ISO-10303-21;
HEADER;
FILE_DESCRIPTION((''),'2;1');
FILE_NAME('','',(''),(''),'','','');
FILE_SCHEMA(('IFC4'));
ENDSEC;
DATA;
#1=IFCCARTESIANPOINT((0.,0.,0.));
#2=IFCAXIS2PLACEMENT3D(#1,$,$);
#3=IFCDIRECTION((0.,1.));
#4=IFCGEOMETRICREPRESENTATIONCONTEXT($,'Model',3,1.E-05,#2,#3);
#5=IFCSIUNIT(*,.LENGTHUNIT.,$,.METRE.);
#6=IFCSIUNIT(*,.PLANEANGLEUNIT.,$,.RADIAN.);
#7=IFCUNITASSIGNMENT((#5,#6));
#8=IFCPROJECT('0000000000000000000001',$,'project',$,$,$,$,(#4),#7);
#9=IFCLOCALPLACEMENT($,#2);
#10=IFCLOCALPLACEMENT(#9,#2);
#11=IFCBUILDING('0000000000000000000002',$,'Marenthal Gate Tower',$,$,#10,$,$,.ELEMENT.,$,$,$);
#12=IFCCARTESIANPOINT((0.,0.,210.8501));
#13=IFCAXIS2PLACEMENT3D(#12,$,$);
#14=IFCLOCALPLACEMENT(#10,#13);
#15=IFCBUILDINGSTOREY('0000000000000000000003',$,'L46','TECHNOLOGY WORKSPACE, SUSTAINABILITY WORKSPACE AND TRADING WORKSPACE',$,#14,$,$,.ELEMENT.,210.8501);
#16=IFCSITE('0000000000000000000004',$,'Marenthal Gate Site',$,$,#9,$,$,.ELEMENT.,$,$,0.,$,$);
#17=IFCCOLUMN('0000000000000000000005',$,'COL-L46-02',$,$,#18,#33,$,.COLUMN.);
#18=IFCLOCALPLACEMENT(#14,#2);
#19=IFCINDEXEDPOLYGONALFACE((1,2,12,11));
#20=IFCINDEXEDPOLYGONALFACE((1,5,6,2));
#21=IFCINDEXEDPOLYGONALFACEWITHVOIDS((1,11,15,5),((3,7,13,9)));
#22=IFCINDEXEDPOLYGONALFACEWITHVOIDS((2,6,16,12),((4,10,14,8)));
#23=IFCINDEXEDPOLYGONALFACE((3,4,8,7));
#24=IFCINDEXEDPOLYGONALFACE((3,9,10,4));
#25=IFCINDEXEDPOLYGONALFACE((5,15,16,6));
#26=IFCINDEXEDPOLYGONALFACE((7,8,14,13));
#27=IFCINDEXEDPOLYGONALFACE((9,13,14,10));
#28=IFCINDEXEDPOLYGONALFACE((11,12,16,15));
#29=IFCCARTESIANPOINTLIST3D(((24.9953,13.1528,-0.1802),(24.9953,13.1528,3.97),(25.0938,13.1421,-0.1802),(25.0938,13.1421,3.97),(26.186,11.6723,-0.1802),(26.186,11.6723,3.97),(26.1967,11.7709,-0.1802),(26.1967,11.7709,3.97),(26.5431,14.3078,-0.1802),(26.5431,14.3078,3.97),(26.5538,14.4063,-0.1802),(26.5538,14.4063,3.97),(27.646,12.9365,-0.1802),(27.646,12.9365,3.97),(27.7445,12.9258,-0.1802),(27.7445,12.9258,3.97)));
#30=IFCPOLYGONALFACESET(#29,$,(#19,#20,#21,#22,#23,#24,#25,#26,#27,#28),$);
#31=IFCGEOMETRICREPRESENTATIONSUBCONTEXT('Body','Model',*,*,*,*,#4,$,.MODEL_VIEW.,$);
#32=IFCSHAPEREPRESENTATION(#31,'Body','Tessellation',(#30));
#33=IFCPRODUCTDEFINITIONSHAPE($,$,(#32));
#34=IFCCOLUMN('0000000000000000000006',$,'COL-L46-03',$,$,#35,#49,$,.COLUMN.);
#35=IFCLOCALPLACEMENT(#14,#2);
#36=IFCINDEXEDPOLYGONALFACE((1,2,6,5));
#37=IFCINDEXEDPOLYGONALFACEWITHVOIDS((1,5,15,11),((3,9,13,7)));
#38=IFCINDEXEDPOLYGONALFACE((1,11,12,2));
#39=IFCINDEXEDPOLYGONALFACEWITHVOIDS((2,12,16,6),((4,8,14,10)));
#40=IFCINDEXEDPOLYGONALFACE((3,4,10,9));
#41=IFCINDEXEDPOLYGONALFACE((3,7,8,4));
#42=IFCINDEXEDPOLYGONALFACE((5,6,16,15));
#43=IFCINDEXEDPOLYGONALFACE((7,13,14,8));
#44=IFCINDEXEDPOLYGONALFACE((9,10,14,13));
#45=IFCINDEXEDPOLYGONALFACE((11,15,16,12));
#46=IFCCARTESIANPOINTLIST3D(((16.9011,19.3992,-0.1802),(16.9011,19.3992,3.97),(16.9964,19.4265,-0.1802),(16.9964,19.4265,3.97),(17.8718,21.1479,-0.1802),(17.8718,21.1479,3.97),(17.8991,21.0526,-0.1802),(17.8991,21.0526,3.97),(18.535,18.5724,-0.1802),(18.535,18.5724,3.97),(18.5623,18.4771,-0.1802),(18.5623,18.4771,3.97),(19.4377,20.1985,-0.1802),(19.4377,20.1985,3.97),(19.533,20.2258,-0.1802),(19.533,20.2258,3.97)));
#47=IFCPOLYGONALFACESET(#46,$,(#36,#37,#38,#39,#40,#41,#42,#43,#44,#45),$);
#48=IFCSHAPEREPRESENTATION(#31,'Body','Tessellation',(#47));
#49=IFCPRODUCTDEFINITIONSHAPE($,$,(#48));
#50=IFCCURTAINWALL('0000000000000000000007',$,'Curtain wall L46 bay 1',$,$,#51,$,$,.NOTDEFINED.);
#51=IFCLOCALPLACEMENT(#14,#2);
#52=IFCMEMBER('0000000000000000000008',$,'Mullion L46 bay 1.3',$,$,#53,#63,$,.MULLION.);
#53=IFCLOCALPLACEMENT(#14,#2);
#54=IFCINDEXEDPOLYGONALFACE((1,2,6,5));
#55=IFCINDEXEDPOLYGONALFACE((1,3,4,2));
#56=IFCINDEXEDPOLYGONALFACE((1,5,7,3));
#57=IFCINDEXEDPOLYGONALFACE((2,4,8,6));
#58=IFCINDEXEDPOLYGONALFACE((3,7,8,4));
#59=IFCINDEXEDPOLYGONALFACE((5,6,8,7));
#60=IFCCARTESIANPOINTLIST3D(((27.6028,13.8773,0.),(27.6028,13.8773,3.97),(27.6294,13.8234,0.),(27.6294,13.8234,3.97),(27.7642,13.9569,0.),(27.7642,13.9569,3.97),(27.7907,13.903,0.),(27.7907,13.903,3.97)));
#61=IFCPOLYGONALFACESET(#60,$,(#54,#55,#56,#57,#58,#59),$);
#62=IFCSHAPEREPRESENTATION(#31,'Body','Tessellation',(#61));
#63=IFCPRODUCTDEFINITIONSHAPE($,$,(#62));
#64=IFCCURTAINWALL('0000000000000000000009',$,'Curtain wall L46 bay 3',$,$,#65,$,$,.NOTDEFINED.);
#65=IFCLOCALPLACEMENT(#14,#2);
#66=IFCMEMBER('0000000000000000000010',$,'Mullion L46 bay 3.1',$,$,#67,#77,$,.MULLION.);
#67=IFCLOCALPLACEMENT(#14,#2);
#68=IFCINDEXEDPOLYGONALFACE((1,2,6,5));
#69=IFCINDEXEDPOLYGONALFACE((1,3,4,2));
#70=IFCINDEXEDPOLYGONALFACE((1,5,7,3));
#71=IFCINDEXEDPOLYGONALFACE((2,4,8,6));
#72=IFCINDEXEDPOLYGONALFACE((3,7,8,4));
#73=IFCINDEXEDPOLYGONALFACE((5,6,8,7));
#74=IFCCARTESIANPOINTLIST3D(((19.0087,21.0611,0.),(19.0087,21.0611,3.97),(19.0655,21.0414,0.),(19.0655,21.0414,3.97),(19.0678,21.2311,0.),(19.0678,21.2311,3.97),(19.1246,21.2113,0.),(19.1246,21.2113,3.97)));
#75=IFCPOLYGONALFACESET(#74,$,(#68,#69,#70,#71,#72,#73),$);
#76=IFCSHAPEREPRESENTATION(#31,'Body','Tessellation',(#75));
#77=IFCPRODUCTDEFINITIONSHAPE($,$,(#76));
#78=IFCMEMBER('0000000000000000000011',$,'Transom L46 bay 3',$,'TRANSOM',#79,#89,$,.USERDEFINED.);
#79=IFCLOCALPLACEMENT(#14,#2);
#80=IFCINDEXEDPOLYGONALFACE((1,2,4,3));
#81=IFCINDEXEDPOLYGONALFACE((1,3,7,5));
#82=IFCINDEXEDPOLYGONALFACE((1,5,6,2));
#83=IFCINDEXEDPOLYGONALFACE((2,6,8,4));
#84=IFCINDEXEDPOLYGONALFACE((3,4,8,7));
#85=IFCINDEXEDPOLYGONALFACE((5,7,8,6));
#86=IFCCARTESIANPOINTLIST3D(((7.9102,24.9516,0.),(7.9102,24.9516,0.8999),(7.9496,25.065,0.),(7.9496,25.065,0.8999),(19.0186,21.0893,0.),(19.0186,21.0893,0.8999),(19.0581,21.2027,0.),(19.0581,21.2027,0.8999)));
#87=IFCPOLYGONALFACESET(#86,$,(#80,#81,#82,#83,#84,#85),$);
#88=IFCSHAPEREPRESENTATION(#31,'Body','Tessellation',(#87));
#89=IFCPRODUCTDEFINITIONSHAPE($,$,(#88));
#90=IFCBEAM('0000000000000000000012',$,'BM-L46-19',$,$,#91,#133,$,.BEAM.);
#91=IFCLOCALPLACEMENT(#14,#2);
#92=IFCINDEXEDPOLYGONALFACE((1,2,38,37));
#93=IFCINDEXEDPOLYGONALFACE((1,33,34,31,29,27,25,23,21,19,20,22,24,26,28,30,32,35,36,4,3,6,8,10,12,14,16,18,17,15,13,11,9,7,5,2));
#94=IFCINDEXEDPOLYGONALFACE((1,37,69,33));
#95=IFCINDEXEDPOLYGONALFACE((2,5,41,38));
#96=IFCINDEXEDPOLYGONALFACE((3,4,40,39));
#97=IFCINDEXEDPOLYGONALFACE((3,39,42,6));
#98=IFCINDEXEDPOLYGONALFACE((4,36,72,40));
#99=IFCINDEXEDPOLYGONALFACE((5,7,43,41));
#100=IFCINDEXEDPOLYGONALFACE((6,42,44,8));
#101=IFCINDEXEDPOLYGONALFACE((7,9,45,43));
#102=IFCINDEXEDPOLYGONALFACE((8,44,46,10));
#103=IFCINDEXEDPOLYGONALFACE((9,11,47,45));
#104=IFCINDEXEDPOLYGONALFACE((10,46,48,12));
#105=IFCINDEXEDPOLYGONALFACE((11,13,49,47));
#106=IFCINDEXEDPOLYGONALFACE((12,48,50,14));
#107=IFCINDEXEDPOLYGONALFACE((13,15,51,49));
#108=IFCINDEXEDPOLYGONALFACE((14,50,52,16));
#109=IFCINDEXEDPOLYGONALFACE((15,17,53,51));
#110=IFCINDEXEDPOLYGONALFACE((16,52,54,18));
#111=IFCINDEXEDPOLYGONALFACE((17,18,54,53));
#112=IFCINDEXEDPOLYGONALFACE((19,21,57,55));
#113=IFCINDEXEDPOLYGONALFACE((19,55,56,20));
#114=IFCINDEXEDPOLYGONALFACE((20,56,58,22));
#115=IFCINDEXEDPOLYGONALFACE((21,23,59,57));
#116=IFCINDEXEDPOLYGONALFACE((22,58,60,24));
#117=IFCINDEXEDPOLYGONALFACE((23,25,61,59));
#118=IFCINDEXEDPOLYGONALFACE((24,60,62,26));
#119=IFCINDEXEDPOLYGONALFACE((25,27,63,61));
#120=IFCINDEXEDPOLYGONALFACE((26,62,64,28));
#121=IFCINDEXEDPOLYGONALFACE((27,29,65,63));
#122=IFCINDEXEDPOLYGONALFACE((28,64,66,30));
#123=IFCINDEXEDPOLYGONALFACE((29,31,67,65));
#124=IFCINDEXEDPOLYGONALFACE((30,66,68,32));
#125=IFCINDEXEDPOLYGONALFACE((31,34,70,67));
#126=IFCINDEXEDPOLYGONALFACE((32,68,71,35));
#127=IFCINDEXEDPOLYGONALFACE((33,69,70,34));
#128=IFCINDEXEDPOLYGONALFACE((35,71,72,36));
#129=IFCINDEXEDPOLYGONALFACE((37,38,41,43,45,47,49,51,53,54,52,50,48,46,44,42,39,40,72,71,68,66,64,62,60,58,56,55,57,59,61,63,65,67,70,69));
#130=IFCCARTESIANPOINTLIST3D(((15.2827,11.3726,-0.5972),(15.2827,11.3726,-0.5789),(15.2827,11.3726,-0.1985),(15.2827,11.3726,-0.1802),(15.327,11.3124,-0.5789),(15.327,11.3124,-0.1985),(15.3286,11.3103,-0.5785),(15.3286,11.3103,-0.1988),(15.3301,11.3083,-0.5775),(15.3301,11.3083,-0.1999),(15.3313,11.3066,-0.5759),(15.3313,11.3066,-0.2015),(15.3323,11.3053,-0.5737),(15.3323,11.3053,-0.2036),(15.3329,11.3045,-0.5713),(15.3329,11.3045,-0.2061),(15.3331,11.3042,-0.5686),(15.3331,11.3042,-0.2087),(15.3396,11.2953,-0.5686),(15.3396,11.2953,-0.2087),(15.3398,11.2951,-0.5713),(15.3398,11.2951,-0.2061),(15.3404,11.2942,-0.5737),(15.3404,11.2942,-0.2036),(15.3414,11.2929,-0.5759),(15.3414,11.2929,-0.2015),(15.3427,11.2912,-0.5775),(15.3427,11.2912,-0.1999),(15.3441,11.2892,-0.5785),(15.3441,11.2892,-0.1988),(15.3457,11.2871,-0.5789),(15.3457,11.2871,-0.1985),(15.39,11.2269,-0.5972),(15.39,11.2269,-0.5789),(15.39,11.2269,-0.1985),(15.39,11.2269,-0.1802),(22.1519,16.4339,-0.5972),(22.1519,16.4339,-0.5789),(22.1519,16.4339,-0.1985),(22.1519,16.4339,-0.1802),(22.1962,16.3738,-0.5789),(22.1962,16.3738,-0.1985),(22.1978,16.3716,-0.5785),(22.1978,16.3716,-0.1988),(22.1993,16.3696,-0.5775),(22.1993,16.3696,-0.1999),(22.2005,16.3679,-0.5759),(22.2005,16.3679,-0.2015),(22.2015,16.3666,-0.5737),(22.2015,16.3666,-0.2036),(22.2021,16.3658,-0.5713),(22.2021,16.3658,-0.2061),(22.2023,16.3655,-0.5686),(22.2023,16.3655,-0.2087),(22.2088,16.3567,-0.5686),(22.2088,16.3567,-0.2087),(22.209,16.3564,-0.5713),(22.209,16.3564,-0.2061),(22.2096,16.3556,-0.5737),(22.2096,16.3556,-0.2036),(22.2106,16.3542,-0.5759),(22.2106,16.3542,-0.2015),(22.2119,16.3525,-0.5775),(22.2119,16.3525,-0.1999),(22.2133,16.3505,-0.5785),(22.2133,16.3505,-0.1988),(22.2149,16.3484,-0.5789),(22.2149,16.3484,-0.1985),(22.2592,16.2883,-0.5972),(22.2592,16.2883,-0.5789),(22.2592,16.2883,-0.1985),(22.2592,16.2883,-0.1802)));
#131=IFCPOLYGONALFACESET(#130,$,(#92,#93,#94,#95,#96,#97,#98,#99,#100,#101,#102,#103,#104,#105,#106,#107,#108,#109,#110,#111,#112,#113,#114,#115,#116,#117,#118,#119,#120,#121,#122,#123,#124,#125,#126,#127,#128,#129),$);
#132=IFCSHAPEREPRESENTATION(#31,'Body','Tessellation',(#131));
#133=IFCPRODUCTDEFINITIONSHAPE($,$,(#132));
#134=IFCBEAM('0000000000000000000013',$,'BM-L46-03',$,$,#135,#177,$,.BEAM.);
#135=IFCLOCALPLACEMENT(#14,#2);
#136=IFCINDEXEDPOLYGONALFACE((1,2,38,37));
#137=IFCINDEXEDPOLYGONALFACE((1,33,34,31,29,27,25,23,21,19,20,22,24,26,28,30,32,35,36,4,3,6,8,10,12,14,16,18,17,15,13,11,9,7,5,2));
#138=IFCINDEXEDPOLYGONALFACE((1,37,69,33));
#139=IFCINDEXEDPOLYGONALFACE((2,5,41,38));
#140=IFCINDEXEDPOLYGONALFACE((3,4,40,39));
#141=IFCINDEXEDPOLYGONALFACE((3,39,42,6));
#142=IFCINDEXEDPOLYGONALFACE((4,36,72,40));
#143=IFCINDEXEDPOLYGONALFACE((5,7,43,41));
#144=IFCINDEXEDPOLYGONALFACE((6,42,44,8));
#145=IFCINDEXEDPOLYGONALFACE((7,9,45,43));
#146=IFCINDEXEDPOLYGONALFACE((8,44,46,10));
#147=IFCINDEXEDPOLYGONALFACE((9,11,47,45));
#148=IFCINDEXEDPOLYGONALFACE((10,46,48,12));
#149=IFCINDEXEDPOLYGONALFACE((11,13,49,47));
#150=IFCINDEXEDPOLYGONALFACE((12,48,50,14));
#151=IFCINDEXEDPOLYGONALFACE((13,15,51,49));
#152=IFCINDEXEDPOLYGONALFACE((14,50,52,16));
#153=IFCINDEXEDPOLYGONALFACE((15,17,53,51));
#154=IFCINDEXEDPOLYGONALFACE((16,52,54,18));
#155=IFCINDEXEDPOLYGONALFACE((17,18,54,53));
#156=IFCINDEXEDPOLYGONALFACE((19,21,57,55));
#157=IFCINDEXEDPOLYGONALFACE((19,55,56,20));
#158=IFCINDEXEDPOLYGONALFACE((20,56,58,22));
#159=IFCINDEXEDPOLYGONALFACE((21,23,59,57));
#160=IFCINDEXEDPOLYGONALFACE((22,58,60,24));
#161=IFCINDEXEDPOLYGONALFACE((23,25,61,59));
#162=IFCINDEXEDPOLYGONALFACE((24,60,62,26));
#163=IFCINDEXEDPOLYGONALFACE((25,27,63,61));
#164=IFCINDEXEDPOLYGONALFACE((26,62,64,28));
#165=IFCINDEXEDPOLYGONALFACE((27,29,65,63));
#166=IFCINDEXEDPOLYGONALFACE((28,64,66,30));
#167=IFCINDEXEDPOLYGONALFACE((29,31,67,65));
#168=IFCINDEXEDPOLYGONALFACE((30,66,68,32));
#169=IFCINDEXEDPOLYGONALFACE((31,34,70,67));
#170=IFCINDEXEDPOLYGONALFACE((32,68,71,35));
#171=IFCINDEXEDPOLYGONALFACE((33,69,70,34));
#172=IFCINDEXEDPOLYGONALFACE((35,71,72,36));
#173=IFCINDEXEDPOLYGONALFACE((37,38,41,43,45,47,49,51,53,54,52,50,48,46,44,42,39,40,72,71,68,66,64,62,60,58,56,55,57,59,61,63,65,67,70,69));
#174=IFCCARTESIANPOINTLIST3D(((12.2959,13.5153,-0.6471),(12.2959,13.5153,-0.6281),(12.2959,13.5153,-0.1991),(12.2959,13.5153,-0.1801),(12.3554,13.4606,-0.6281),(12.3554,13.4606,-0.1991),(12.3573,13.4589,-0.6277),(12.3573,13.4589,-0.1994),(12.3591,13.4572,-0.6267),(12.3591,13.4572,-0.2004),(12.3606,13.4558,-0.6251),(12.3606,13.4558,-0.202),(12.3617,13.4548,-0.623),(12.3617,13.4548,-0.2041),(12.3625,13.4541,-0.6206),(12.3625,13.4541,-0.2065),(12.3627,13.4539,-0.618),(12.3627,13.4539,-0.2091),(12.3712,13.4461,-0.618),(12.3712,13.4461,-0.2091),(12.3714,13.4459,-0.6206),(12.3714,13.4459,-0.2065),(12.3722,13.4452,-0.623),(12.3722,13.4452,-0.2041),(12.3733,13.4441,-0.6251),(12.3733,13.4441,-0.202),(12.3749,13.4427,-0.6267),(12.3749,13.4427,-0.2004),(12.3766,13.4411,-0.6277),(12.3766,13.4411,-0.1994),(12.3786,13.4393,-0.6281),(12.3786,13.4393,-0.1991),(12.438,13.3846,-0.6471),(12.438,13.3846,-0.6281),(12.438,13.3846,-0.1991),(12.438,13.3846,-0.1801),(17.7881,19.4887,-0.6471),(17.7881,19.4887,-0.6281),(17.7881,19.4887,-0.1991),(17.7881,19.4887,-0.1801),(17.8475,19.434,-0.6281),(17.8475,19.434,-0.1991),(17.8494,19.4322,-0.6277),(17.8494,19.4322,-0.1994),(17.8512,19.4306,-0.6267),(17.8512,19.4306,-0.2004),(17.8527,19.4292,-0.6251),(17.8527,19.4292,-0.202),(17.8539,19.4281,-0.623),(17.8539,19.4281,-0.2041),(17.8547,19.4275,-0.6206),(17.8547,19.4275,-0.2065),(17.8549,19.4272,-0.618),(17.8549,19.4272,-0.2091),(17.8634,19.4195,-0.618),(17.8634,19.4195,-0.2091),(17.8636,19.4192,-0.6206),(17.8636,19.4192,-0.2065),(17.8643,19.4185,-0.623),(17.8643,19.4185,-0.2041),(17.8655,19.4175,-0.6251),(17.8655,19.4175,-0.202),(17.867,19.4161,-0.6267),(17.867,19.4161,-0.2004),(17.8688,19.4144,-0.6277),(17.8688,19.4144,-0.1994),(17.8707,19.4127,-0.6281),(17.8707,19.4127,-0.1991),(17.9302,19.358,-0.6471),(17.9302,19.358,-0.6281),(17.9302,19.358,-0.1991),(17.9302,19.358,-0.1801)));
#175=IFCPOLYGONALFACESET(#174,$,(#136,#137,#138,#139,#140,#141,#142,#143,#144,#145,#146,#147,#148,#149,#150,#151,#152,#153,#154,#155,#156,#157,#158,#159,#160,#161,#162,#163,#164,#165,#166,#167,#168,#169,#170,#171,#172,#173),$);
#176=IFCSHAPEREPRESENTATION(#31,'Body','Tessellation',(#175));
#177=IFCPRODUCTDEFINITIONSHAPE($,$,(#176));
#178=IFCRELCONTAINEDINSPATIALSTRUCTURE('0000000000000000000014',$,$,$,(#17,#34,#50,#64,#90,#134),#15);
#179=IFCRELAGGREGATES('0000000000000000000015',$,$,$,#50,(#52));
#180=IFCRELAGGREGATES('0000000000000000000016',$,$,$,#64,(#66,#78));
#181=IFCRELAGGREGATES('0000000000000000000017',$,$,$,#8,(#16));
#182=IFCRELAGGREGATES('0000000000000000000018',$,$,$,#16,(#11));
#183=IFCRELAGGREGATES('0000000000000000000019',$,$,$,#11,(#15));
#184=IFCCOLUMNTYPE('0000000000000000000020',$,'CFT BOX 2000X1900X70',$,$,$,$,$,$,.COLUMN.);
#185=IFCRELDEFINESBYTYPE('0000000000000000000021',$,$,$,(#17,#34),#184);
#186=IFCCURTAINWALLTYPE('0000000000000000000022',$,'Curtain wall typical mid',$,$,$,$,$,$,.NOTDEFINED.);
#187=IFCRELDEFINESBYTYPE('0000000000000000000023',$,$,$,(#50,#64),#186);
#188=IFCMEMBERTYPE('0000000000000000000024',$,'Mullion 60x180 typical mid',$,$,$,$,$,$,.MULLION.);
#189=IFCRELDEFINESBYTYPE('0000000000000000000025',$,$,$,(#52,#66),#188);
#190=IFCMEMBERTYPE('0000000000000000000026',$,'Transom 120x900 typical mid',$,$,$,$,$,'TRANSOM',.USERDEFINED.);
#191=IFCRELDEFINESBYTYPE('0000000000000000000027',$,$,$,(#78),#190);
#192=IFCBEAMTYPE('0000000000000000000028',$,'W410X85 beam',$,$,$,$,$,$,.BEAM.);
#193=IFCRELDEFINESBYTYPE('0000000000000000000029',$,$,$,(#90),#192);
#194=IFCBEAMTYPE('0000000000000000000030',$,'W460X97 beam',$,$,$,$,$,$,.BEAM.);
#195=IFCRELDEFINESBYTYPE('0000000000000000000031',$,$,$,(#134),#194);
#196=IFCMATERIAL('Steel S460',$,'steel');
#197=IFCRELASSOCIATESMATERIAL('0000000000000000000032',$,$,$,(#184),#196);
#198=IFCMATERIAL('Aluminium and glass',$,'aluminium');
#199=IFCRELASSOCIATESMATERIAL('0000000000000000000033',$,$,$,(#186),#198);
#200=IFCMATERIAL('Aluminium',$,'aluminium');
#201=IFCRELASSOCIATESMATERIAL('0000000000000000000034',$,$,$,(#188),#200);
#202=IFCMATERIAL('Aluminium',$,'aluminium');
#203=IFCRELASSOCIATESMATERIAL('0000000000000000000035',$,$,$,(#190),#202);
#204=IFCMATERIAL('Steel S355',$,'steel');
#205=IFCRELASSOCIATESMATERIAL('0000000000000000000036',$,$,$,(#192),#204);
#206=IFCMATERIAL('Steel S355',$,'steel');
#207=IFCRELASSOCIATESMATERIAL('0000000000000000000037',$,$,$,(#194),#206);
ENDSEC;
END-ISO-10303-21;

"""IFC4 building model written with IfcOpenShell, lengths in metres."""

from ifc_helpers import new_model, si_unit, direction, frame, origin, origin_2d, place, context, subcontext, project, spatial, rectangle, hollow_rectangle, i_section, extrude, material, material_profile, profile_set, type_object, element, aggregate, save


model = new_model("IFC4")

# Units and contexts
model_context = context("Model", 3, precision=1e-05, world=origin(), true_north=direction((0.0, 1.0)))
body_context = subcontext(model_context, "Body", "Model", "MODEL_VIEW")
ifc_project = project(units=[si_unit("LENGTHUNIT", "METRE"), si_unit("PLANEANGLEUNIT", "RADIAN")], contexts=[model_context])

# Site, building, storey
site_placement = place(None, origin())
site = spatial("IfcSite", under=ifc_project, at=site_placement, Name="Marenthal Gate Site", CompositionType="ELEMENT", RefElevation=0.0)
building_placement = place(site_placement, origin())
building = spatial("IfcBuilding", under=site, at=building_placement, Name="Marenthal Gate Tower", CompositionType="ELEMENT")
storey_placement = place(building_placement, frame((0.0, 0.0, 210.8501)))
storey = spatial("IfcBuildingStorey", under=building, at=storey_placement, Name="L46", Description="TECHNOLOGY WORKSPACE, SUSTAINABILITY WORKSPACE AND TRADING WORKSPACE", CompositionType="ELEMENT", Elevation=210.8501)

# Columns
ifc_material_1 = material(Name="Steel S460", Category="steel")
ifc_material_profile_1 = material_profile(ifc_material_1, hollow_rectangle(XDim=1.8999, YDim=2.0, WallThickness=0.0701, at=origin_2d()), Name="CFT BOX 2000X1900X70")
ifc_material_2 = material(Name="Concrete 70 MPa", Category="concrete")
ifc_material_profile_2 = material_profile(ifc_material_2, rectangle(XDim=1.76, YDim=1.8601, at=origin_2d()), Name="CFT BOX 2000X1900X70 INFILL")
ifc_profile_set_1 = profile_set([ifc_material_profile_1, ifc_material_profile_2], Name="Steel S460 shell, Concrete 70 MPa infill")
column_type = type_object("IfcColumnType", Name="CFT BOX 2000X1900X70", PredefinedType="COLUMN", material=ifc_profile_set_1)
for number, where, z_axis, x_axis, name in (
    (1, (26.3699, 13.0393, -0.1802), (0.0, 0.0, 1.0), (0.626719, -0.779245, 0.0), "COL-L46-02"),
    (2, (18.217, 19.8125, -0.1802), (0.0, 0.0, 1.0), (0.874319, -0.485351, 0.0), "COL-L46-03"),
):
    element("IfcColumn", number, at=place(storey_placement, frame(where, z_axis=z_axis, x_axis=x_axis)), inside=storey, type_object=column_type, Name=name, PredefinedType="COLUMN", context=body_context, shape_type="SweptSolid", body=[
        extrude(hollow_rectangle(XDim=1.8999, YDim=2.0, WallThickness=0.0701, at=origin_2d()), origin(), (0.0, 0.0, 1.0), 4.1501),
    ])

# Curtain wall, member
ifc_material_3 = material(Name="Aluminium and glass", Category="aluminium")
curtain_wall_type = type_object("IfcCurtainWallType", Name="Curtain wall typical mid", PredefinedType="NOTDEFINED", material=ifc_material_3)
curtain_wall_1_placement = place(storey_placement, origin())
curtain_wall_1 = element("IfcCurtainWall", 3, at=curtain_wall_1_placement, inside=storey, type_object=curtain_wall_type, Name="Curtain wall L46 bay 1", PredefinedType="NOTDEFINED")
ifc_material_4 = material(Name="Aluminium", Category="aluminium")
ifc_material_profile_3 = material_profile(ifc_material_4, rectangle(XDim=0.1799, YDim=0.0601, at=origin_2d()), Name="60x180 aluminium mullion")
ifc_profile_set_2 = profile_set([ifc_material_profile_3], Name="Aluminium")
member_type_1 = type_object("IfcMemberType", Name="Mullion 60x180 typical mid", PredefinedType="MULLION", material=ifc_profile_set_2)
member_1_placement = place(storey_placement, frame((27.6968, 13.8901, 0.0), z_axis=(0.0, 0.0, 1.0), x_axis=(-0.896757, -0.442523, 0.0)))
member_1 = element("IfcMember", 4, at=member_1_placement, type_object=member_type_1, Name="Mullion L46 bay 1.3", PredefinedType="MULLION", context=body_context, shape_type="SweptSolid", body=[
    extrude(rectangle(XDim=0.1799, YDim=0.0601, at=origin_2d()), origin(), (0.0, 0.0, 1.0), 3.97),
])
aggregate(curtain_wall_1, [member_1])

# Curtain wall, members
curtain_wall_2_placement = place(storey_placement, origin())
curtain_wall_2 = element("IfcCurtainWall", 5, at=curtain_wall_2_placement, inside=storey, type_object=curtain_wall_type, Name="Curtain wall L46 bay 3", PredefinedType="NOTDEFINED")
member_2_placement = place(storey_placement, frame((19.0667, 21.1362, 0.0), z_axis=(0.0, 0.0, 1.0), x_axis=(-0.3284, -0.944539, 0.0)))
member_2 = element("IfcMember", 6, at=member_2_placement, type_object=member_type_1, Name="Mullion L46 bay 3.1", PredefinedType="MULLION", context=body_context, shape_type="SweptSolid", body=[
    extrude(rectangle(XDim=0.1799, YDim=0.0601, at=origin_2d()), origin(), (0.0, 0.0, 1.0), 3.97),
])
ifc_material_5 = material(Name="Aluminium", Category="aluminium")
ifc_material_profile_4 = material_profile(ifc_material_5, rectangle(XDim=0.1201, YDim=0.8999, at=origin_2d()), Name="120x900 aluminium transom")
ifc_profile_set_3 = profile_set([ifc_material_profile_4], Name="Aluminium")
member_type_2 = type_object("IfcMemberType", Name="Transom 120x900 typical mid", ElementType="TRANSOM", PredefinedType="USERDEFINED", material=ifc_profile_set_3)
member_3_placement = place(storey_placement, frame((19.0383, 21.146, 0.45), z_axis=(-0.944536, 0.328408, 0.0), x_axis=(-0.328408, -0.944536, 0.0)))
member_3 = element("IfcMember", 7, at=member_3_placement, type_object=member_type_2, Name="Transom L46 bay 3", ObjectType="TRANSOM", PredefinedType="USERDEFINED", context=body_context, shape_type="SweptSolid", body=[
    extrude(rectangle(XDim=0.1201, YDim=0.8999, at=origin_2d()), origin(), (0.0, 0.0, 1.0), 11.7607),
])

# Beams
ifc_material_6 = material(Name="Steel S355", Category="steel")
ifc_material_profile_5 = material_profile(ifc_material_6, i_section(OverallWidth=0.1809, OverallDepth=0.417, WebThickness=0.011, FlangeThickness=0.0183, FilletRadius=0.0103, at=origin_2d()), Name="W410X85")
ifc_profile_set_4 = profile_set([ifc_material_profile_5], Name="Steel S355")
beam_type_1 = type_object("IfcBeamType", Name="W410X85 beam", PredefinedType="BEAM", material=ifc_profile_set_4)
beam_1_placement = place(storey_placement, frame((22.2056, 16.3611, -0.3887), z_axis=(-0.805067, -0.593184, 0.0), x_axis=(0.593184, -0.805067, 0.0)))
element("IfcBeam", 8, at=beam_1_placement, inside=storey, type_object=beam_type_1, Name="BM-L46-19", PredefinedType="BEAM", context=body_context, shape_type="SweptSolid", body=[
    extrude(i_section(OverallWidth=0.1809, OverallDepth=0.417, WebThickness=0.011, FlangeThickness=0.0183, FilletRadius=0.0103, at=origin_2d()), origin(), (0.0, 0.0, 1.0), 8.5325),
])
ifc_material_7 = material(Name="Steel S355", Category="steel")
ifc_material_profile_6 = material_profile(ifc_material_7, i_section(OverallWidth=0.1931, OverallDepth=0.467, WebThickness=0.0115, FlangeThickness=0.019, FilletRadius=0.01, at=origin_2d()), Name="W460X97")
ifc_profile_set_5 = profile_set([ifc_material_profile_6], Name="Steel S355")
beam_type_2 = type_object("IfcBeamType", Name="W460X97 beam", PredefinedType="BEAM", material=ifc_profile_set_5)
beam_2_placement = place(storey_placement, frame((17.8591, 19.4233, -0.4136), z_axis=(-0.676834, -0.736135, 0.0), x_axis=(0.736135, -0.676834, 0.0)))
element("IfcBeam", 9, at=beam_2_placement, inside=storey, type_object=beam_type_2, Name="BM-L46-03", PredefinedType="BEAM", context=body_context, shape_type="SweptSolid", body=[
    extrude(i_section(OverallWidth=0.1931, OverallDepth=0.467, WebThickness=0.0115, FlangeThickness=0.019, FilletRadius=0.01, at=origin_2d()), origin(), (0.0, 0.0, 1.0), 8.1145),
])

aggregate(curtain_wall_2, [member_2, member_3])

save(model, "model.ifc")
